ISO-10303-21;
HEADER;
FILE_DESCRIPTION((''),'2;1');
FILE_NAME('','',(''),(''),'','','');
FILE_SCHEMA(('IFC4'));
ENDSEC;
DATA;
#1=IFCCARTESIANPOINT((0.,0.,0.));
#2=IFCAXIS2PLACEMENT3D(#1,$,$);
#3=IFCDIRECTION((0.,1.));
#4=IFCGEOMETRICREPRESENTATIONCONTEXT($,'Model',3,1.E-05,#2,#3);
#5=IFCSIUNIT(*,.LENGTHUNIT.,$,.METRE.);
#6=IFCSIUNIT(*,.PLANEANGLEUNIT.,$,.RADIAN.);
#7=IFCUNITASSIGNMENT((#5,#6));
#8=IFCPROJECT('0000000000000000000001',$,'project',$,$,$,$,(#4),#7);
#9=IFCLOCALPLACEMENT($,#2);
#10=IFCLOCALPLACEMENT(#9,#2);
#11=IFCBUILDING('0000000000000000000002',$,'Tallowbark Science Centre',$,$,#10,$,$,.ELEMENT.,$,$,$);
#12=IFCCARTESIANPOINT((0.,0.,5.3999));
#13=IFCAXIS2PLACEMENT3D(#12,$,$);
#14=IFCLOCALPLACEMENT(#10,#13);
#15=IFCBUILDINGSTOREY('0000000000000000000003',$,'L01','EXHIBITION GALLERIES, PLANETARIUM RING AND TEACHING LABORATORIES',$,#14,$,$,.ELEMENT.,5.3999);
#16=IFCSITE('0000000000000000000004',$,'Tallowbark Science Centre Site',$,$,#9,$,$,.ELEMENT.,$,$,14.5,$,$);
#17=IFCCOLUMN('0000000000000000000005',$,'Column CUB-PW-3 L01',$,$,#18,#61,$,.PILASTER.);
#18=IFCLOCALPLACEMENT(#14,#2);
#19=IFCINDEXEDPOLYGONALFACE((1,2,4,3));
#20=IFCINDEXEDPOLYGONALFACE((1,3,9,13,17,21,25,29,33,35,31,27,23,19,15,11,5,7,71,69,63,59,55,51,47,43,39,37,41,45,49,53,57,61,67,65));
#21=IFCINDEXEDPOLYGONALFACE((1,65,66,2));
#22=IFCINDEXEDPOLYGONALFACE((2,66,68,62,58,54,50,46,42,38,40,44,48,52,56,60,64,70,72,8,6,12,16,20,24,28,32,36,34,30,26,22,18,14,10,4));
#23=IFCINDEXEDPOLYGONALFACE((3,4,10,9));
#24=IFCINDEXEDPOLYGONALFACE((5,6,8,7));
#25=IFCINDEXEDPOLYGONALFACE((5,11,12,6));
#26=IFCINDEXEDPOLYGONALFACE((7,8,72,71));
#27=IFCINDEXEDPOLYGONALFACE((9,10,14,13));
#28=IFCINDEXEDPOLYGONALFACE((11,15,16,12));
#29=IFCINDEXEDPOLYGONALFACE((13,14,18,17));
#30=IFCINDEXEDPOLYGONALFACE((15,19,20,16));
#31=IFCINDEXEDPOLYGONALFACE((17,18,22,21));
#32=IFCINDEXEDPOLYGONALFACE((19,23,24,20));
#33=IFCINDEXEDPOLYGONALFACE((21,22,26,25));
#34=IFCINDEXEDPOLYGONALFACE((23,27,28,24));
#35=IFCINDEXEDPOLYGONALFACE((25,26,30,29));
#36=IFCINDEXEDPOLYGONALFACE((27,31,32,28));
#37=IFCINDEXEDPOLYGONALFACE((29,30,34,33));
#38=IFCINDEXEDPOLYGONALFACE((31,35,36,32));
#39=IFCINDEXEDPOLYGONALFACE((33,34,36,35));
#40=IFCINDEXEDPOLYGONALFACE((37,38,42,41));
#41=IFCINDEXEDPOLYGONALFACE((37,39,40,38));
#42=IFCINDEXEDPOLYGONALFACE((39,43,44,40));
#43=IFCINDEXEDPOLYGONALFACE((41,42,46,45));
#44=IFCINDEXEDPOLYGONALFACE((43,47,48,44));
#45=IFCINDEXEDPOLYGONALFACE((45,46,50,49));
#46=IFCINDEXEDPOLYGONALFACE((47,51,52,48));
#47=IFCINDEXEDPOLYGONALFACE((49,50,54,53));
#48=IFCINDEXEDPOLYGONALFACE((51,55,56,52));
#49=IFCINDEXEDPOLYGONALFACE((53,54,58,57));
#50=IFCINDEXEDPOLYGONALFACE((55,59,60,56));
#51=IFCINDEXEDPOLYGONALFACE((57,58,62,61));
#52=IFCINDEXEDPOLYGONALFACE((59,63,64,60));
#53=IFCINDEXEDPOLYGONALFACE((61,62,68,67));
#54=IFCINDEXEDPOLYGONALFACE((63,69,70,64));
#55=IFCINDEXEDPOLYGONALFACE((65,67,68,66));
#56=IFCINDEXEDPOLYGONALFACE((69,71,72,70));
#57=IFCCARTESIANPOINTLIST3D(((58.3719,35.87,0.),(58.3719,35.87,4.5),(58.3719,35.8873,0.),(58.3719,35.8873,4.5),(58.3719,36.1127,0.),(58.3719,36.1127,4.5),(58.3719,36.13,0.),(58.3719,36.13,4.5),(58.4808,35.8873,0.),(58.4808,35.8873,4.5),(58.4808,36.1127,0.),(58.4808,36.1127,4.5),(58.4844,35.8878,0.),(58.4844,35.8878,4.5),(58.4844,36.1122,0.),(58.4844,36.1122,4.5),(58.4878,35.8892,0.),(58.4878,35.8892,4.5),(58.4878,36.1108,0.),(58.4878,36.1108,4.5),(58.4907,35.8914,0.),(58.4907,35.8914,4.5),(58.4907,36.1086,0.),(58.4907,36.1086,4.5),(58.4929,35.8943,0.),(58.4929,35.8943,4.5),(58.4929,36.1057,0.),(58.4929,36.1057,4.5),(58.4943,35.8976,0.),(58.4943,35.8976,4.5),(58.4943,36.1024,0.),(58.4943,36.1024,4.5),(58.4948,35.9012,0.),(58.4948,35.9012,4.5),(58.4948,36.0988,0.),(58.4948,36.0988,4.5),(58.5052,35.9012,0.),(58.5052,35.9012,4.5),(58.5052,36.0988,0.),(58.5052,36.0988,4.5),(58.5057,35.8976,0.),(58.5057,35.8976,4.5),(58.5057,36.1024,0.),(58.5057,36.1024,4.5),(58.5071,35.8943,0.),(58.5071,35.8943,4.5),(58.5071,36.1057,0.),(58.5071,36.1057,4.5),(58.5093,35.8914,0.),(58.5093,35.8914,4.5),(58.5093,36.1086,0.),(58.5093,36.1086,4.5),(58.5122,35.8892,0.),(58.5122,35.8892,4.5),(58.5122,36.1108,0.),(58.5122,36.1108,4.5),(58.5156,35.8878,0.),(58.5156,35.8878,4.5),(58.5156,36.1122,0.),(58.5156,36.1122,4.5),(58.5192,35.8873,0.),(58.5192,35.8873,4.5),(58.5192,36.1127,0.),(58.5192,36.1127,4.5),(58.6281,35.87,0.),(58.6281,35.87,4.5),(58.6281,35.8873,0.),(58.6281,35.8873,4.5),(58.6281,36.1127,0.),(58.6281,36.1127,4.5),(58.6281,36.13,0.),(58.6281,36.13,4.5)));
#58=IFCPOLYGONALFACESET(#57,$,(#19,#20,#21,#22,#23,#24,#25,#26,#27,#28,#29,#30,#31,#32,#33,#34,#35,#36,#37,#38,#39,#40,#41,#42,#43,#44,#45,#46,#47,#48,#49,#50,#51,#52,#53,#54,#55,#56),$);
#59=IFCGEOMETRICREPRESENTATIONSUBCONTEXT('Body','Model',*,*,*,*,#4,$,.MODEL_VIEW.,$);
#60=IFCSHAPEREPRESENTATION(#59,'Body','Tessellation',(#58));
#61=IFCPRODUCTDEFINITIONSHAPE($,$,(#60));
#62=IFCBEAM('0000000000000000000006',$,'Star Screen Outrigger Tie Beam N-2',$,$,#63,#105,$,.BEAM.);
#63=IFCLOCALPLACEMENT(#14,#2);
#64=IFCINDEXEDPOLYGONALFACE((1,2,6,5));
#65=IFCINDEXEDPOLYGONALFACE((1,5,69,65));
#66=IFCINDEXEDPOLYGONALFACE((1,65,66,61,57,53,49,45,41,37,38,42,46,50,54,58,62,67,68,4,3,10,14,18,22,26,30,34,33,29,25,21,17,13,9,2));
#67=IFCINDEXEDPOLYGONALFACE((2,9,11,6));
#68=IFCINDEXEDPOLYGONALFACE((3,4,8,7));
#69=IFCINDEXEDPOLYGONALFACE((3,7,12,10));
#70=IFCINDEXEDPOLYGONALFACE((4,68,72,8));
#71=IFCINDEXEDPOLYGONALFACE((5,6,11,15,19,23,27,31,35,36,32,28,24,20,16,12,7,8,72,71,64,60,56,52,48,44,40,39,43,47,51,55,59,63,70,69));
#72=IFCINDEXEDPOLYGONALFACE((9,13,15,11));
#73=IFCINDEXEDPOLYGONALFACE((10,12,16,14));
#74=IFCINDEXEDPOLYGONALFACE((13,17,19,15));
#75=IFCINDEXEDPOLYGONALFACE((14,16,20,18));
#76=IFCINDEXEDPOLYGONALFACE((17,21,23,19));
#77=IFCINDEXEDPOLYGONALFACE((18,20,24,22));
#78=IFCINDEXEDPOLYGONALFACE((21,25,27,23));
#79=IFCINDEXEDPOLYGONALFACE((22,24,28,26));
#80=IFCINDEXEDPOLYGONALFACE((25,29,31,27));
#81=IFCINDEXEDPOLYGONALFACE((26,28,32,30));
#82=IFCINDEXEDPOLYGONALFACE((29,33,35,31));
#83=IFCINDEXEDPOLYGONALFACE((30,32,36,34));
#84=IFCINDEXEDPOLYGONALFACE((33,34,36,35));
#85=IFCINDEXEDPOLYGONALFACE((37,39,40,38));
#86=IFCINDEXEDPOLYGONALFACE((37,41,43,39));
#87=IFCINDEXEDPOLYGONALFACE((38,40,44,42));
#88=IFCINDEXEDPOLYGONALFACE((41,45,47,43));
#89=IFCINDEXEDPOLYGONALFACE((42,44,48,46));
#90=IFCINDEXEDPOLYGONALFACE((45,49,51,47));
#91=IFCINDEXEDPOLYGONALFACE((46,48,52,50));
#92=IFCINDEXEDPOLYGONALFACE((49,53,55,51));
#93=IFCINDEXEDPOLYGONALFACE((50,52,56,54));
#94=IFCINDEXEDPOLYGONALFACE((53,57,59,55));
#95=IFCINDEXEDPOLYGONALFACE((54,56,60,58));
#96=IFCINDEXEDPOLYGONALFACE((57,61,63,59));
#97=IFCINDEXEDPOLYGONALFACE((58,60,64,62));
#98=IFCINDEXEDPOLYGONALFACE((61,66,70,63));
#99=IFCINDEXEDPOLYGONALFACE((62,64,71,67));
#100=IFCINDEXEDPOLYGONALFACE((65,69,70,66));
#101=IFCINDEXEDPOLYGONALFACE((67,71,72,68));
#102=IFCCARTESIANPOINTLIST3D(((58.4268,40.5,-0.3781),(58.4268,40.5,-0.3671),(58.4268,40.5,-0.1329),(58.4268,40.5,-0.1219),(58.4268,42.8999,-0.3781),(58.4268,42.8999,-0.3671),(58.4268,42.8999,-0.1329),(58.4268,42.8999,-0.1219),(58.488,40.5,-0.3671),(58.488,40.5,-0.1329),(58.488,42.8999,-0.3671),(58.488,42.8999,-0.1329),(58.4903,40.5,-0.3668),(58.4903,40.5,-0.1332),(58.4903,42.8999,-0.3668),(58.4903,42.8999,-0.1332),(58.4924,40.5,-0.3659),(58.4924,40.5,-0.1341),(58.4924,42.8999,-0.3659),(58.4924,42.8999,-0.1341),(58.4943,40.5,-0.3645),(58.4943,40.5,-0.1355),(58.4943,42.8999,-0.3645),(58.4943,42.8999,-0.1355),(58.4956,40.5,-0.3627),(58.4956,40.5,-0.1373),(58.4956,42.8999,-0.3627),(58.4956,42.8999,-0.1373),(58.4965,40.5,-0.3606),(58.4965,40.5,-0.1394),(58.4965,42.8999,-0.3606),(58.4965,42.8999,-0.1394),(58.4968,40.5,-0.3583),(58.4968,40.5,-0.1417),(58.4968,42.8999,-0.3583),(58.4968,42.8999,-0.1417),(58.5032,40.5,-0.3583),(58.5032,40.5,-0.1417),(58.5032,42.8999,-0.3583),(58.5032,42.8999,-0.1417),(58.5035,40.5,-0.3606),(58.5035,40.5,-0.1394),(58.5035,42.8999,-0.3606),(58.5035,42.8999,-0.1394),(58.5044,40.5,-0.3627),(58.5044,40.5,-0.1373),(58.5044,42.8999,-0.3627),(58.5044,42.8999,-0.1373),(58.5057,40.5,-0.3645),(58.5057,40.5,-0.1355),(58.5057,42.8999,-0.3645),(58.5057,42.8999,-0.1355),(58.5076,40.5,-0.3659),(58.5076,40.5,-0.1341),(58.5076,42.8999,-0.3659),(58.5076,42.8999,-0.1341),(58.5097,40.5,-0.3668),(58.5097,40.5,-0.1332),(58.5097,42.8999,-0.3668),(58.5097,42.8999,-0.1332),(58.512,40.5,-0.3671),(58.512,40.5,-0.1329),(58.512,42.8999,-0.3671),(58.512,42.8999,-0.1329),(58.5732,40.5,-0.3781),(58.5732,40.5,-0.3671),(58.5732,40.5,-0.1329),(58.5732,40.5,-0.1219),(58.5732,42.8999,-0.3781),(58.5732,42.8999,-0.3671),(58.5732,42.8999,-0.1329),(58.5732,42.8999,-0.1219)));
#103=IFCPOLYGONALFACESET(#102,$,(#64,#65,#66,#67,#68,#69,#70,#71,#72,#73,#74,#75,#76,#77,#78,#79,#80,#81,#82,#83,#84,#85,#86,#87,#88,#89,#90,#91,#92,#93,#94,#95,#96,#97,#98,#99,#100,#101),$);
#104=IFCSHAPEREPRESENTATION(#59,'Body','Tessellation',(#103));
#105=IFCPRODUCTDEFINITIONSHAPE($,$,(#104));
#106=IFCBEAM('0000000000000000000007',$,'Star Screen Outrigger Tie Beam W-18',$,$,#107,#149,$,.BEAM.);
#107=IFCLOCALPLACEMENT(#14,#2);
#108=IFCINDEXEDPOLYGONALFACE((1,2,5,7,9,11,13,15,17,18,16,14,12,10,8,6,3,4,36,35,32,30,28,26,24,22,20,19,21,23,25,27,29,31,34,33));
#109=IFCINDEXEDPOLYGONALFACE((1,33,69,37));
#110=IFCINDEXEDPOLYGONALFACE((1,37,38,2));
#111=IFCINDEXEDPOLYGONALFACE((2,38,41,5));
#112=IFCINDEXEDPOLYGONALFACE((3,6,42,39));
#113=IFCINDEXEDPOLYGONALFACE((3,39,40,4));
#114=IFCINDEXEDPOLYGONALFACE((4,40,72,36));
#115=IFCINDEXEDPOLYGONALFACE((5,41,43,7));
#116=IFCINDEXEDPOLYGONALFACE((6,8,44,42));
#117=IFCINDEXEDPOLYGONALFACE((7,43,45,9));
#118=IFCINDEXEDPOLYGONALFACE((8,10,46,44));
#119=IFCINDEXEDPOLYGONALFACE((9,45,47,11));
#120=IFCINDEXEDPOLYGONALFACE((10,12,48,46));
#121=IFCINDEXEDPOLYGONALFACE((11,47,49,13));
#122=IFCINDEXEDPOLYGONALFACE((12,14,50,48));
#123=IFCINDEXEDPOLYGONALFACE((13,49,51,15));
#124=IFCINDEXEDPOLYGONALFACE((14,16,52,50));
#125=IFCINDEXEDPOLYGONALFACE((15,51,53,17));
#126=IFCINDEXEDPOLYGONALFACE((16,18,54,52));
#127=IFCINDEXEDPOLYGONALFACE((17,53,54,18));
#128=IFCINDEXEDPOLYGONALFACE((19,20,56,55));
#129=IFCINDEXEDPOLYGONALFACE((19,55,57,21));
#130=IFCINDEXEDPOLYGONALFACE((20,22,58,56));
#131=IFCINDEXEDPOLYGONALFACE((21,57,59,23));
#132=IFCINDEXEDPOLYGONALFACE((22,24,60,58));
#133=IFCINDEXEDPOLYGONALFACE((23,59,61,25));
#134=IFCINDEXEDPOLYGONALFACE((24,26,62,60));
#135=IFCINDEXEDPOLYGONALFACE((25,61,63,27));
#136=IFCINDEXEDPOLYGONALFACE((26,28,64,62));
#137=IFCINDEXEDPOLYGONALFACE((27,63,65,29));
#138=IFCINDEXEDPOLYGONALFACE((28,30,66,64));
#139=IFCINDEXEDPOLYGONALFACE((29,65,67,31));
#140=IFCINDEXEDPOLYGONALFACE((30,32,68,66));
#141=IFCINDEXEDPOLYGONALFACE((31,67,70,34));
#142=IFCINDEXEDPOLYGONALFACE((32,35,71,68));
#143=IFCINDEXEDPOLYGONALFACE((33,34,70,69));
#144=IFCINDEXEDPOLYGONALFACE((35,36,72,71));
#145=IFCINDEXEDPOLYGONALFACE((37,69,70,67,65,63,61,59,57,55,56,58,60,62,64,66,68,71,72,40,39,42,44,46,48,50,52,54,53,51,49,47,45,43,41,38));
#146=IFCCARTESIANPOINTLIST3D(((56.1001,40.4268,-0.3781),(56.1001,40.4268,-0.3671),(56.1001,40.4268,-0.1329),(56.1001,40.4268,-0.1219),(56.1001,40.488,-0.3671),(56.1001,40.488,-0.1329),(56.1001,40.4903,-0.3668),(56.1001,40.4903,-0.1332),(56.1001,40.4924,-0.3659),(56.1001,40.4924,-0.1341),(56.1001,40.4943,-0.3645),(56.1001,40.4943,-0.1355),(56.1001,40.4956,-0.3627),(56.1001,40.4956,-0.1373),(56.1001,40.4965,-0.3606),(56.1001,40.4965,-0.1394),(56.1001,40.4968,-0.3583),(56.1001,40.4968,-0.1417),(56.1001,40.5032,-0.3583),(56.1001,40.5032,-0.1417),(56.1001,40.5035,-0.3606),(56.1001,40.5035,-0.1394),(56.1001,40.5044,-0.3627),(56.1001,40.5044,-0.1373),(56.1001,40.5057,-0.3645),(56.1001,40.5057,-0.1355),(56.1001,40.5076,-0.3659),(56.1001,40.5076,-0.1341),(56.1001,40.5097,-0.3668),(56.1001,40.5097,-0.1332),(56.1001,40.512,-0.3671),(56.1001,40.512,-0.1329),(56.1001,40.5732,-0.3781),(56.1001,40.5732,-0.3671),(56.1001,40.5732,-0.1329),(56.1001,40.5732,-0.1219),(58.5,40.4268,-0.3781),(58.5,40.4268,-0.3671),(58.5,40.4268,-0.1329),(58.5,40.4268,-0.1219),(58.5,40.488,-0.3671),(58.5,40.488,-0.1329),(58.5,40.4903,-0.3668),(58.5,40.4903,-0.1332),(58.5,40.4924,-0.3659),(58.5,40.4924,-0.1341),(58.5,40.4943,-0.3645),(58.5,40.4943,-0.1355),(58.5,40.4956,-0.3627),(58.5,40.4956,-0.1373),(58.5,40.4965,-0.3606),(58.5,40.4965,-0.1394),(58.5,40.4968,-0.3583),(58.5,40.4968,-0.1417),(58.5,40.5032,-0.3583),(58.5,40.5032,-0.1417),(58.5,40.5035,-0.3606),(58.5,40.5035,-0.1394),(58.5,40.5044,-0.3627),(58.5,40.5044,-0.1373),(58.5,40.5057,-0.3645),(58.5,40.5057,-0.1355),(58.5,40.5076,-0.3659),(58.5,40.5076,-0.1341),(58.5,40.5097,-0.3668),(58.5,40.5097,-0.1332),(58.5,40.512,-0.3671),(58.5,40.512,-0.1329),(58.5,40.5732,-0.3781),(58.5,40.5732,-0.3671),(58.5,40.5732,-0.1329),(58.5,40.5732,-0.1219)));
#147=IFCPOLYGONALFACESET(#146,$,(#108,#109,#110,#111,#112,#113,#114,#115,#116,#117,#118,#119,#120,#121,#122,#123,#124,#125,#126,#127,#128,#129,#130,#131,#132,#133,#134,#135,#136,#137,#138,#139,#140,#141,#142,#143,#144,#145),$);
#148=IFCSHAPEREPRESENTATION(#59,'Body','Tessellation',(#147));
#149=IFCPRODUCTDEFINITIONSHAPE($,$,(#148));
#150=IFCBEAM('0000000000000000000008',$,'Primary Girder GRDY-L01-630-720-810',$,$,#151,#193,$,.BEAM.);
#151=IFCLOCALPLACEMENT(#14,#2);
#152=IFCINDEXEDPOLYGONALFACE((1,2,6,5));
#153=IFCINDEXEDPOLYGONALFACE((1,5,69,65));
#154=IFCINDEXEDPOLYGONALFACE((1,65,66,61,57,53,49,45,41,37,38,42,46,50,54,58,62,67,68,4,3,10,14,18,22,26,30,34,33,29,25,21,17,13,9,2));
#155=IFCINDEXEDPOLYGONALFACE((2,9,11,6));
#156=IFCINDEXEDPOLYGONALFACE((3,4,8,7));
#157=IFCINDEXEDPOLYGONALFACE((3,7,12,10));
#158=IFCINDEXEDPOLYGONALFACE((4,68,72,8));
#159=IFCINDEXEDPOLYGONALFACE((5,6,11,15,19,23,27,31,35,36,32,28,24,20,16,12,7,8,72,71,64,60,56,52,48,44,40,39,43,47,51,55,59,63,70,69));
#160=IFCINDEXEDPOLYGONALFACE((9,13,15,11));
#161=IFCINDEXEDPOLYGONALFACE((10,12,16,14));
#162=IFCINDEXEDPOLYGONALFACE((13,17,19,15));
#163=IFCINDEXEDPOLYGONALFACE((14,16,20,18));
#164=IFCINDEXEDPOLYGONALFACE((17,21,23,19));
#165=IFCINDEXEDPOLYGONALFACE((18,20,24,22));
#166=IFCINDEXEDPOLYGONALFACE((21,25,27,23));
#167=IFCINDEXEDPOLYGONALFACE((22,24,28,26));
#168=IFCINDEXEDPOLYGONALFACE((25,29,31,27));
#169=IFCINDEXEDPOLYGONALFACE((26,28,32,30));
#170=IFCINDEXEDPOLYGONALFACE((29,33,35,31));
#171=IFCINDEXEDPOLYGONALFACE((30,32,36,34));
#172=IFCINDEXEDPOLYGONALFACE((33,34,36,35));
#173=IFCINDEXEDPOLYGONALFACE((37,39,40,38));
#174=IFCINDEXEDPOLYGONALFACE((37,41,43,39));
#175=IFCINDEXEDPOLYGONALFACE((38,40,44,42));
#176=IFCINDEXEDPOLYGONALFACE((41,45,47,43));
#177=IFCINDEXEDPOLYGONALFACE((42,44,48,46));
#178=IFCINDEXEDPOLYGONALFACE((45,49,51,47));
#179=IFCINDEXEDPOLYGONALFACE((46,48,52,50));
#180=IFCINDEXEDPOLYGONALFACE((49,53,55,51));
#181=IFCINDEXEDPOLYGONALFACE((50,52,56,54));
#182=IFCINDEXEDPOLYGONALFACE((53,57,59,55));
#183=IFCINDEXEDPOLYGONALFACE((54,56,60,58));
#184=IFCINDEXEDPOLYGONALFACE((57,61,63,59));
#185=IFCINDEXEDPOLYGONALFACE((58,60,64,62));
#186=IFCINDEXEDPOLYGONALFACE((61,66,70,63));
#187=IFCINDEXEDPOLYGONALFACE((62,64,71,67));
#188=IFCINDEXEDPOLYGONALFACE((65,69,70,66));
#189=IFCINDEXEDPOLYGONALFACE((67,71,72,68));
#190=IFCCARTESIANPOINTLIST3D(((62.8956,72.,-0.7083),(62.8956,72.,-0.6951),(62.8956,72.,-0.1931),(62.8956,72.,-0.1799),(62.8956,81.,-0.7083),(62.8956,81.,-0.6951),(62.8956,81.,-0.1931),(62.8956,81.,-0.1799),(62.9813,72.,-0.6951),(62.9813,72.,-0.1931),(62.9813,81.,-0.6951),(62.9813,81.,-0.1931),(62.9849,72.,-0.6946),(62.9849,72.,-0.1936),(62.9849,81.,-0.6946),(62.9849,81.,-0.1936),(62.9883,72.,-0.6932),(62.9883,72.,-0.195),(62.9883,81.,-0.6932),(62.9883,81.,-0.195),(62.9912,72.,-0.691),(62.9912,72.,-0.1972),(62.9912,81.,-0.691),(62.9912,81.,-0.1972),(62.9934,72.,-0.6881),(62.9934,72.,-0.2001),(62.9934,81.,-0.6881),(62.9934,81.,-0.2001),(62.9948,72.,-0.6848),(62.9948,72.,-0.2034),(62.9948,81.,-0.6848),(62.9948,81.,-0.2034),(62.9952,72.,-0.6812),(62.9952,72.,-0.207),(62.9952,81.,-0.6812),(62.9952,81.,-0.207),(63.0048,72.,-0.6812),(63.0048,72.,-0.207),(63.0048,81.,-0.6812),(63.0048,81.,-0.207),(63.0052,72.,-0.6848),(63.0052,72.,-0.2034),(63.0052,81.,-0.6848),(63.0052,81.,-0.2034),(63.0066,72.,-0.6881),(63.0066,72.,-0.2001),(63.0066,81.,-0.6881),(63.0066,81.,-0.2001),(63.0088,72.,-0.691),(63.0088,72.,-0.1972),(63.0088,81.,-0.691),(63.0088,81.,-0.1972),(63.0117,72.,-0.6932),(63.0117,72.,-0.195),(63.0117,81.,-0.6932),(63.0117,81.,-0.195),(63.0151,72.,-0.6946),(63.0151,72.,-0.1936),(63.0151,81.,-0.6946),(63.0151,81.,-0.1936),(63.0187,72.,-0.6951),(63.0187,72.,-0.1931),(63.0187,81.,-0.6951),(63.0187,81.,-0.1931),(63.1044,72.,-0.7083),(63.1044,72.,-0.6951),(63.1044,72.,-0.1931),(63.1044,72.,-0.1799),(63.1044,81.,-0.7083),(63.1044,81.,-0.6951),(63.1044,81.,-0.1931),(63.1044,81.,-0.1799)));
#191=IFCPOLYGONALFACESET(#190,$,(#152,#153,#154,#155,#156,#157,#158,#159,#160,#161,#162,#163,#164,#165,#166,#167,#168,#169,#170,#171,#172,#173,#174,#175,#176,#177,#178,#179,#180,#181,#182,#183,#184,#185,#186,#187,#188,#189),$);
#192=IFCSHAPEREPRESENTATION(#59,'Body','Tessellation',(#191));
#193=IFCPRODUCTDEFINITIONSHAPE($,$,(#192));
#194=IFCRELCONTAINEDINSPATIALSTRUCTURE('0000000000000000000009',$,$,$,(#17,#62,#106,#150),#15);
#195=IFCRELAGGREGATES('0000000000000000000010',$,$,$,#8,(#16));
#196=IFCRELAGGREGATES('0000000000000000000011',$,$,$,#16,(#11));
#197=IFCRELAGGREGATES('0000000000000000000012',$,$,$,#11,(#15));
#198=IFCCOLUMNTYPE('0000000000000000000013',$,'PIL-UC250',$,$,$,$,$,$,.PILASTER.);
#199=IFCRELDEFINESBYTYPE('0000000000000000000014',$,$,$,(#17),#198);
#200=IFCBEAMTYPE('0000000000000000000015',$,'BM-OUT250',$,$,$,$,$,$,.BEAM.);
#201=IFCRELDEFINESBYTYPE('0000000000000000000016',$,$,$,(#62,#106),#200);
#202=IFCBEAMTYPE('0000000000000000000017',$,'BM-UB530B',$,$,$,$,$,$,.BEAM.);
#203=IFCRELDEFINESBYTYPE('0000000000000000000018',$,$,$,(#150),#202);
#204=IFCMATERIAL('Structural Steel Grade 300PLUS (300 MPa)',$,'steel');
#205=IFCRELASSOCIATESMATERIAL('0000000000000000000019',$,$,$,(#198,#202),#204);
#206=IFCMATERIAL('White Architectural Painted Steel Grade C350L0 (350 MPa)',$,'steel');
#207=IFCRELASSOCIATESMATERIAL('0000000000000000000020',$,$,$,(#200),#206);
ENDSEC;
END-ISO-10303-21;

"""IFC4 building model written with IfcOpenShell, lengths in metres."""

from ifc_helpers import new_model, si_unit, direction, frame, origin, origin_2d, place, context, subcontext, project, spatial, i_section, extrude, material, material_profile, profile_set, type_object, element, save


model = new_model("IFC4")

# Units and contexts
model_context = context("Model", 3, precision=1e-05, world=origin(), true_north=direction((0.0, 1.0)))
body_context = subcontext(model_context, "Body", "Model", "MODEL_VIEW")
ifc_project = project(units=[si_unit("LENGTHUNIT", "METRE"), si_unit("PLANEANGLEUNIT", "RADIAN")], contexts=[model_context])

# Site, building, storey
site_placement = place(None, origin())
site = spatial("IfcSite", under=ifc_project, at=site_placement, Name="Tallowbark Science Centre Site", CompositionType="ELEMENT", RefElevation=14.5)
building_placement = place(site_placement, origin())
building = spatial("IfcBuilding", under=site, at=building_placement, Name="Tallowbark Science Centre", CompositionType="ELEMENT")
storey_placement = place(building_placement, frame((0.0, 0.0, 5.3999)))
storey = spatial("IfcBuildingStorey", under=building, at=storey_placement, Name="L01", Description="EXHIBITION GALLERIES, PLANETARIUM RING AND TEACHING LABORATORIES", CompositionType="ELEMENT", Elevation=5.3999)

# Column
ifc_material_1 = material(Name="White Architectural Painted Steel Grade C350L0 (350 MPa)", Category="steel")
ifc_material_2 = material(Name="Structural Steel Grade 300PLUS (300 MPa)", Category="steel")
ifc_material_profile_1 = material_profile(ifc_material_2, i_section(OverallWidth=0.2561, OverallDepth=0.26, WebThickness=0.0105, FlangeThickness=0.0173, FilletRadius=0.0139, at=origin_2d()), Name="250UC89.5")
ifc_profile_set_1 = profile_set([ifc_material_profile_1], Name="Structural Steel Grade 300PLUS (300 MPa)")
column_type_1 = type_object("IfcColumnType", Name="PIL-UC250", PredefinedType="PILASTER", material=ifc_profile_set_1)
for number, where, z_axis, x_axis, name in (
    (1, (58.5, 36.0, 0.0), (0.0, 0.0, 1.0), (1.0, 0.0, 0.0), "Column CUB-PW-3 L01"),
):
    element("IfcColumn", number, at=place(storey_placement, frame(where, z_axis=z_axis, x_axis=x_axis)), inside=storey, type_object=column_type_1, Name=name, PredefinedType="PILASTER", context=body_context, shape_type="SweptSolid", body=[
        extrude(i_section(OverallWidth=0.2561, OverallDepth=0.26, WebThickness=0.0105, FlangeThickness=0.0173, FilletRadius=0.0139, at=origin_2d()), origin(), (0.0, 0.0, 1.0), 4.5),
    ])

# Beams
ifc_material_profile_2 = material_profile(ifc_material_1, i_section(OverallWidth=0.1465, OverallDepth=0.2561, WebThickness=0.0063, FlangeThickness=0.011, FilletRadius=0.0088, at=origin_2d()), Name="250UB37.3")
ifc_profile_set_2 = profile_set([ifc_material_profile_2], Name="White Architectural Painted Steel Grade C350L0 (350 MPa)")
beam_type_1 = type_object("IfcBeamType", Name="BM-OUT250", PredefinedType="BEAM", material=ifc_profile_set_2)
for number, where, z_axis, x_axis, name in (
    (2, (58.5, 40.5, -0.25), (0.0, 1.0, 0.0), (-1.0, 0.0, 0.0), "Star Screen Outrigger Tie Beam N-2"),
    (3, (58.5, 40.5, -0.25), (-1.0, 0.0, 0.0), (0.0, -1.0, 0.0), "Star Screen Outrigger Tie Beam W-18"),
):
    element("IfcBeam", number, at=place(storey_placement, frame(where, z_axis=z_axis, x_axis=x_axis)), inside=storey, type_object=beam_type_1, Name=name, PredefinedType="BEAM", context=body_context, shape_type="SweptSolid", body=[
        extrude(i_section(OverallWidth=0.1465, OverallDepth=0.2561, WebThickness=0.0063, FlangeThickness=0.011, FilletRadius=0.0088, at=origin_2d()), origin(), (0.0, 0.0, 1.0), 2.3999),
    ])
ifc_material_profile_3 = material_profile(ifc_material_2, i_section(OverallWidth=0.2087, OverallDepth=0.5283, WebThickness=0.0095, FlangeThickness=0.0132, FilletRadius=0.0139, at=origin_2d()), Name="530UB82.0")
ifc_profile_set_3 = profile_set([ifc_material_profile_3], Name="Structural Steel Grade 300PLUS (300 MPa)")
beam_type_2 = type_object("IfcBeamType", Name="BM-UB530B", PredefinedType="BEAM", material=ifc_profile_set_3)
beam_1_placement = place(storey_placement, frame((63.0, 72.0, -0.4441), z_axis=(0.0, 1.0, 0.0), x_axis=(-1.0, 0.0, 0.0)))
element("IfcBeam", 4, at=beam_1_placement, inside=storey, type_object=beam_type_2, Name="Primary Girder GRDY-L01-630-720-810", PredefinedType="BEAM", context=body_context, shape_type="SweptSolid", body=[
    extrude(i_section(OverallWidth=0.2087, OverallDepth=0.5283, WebThickness=0.0095, FlangeThickness=0.0132, FilletRadius=0.0139, at=origin_2d()), origin(), (0.0, 0.0, 1.0), 9.0),
])

save(model, "model.ifc")
